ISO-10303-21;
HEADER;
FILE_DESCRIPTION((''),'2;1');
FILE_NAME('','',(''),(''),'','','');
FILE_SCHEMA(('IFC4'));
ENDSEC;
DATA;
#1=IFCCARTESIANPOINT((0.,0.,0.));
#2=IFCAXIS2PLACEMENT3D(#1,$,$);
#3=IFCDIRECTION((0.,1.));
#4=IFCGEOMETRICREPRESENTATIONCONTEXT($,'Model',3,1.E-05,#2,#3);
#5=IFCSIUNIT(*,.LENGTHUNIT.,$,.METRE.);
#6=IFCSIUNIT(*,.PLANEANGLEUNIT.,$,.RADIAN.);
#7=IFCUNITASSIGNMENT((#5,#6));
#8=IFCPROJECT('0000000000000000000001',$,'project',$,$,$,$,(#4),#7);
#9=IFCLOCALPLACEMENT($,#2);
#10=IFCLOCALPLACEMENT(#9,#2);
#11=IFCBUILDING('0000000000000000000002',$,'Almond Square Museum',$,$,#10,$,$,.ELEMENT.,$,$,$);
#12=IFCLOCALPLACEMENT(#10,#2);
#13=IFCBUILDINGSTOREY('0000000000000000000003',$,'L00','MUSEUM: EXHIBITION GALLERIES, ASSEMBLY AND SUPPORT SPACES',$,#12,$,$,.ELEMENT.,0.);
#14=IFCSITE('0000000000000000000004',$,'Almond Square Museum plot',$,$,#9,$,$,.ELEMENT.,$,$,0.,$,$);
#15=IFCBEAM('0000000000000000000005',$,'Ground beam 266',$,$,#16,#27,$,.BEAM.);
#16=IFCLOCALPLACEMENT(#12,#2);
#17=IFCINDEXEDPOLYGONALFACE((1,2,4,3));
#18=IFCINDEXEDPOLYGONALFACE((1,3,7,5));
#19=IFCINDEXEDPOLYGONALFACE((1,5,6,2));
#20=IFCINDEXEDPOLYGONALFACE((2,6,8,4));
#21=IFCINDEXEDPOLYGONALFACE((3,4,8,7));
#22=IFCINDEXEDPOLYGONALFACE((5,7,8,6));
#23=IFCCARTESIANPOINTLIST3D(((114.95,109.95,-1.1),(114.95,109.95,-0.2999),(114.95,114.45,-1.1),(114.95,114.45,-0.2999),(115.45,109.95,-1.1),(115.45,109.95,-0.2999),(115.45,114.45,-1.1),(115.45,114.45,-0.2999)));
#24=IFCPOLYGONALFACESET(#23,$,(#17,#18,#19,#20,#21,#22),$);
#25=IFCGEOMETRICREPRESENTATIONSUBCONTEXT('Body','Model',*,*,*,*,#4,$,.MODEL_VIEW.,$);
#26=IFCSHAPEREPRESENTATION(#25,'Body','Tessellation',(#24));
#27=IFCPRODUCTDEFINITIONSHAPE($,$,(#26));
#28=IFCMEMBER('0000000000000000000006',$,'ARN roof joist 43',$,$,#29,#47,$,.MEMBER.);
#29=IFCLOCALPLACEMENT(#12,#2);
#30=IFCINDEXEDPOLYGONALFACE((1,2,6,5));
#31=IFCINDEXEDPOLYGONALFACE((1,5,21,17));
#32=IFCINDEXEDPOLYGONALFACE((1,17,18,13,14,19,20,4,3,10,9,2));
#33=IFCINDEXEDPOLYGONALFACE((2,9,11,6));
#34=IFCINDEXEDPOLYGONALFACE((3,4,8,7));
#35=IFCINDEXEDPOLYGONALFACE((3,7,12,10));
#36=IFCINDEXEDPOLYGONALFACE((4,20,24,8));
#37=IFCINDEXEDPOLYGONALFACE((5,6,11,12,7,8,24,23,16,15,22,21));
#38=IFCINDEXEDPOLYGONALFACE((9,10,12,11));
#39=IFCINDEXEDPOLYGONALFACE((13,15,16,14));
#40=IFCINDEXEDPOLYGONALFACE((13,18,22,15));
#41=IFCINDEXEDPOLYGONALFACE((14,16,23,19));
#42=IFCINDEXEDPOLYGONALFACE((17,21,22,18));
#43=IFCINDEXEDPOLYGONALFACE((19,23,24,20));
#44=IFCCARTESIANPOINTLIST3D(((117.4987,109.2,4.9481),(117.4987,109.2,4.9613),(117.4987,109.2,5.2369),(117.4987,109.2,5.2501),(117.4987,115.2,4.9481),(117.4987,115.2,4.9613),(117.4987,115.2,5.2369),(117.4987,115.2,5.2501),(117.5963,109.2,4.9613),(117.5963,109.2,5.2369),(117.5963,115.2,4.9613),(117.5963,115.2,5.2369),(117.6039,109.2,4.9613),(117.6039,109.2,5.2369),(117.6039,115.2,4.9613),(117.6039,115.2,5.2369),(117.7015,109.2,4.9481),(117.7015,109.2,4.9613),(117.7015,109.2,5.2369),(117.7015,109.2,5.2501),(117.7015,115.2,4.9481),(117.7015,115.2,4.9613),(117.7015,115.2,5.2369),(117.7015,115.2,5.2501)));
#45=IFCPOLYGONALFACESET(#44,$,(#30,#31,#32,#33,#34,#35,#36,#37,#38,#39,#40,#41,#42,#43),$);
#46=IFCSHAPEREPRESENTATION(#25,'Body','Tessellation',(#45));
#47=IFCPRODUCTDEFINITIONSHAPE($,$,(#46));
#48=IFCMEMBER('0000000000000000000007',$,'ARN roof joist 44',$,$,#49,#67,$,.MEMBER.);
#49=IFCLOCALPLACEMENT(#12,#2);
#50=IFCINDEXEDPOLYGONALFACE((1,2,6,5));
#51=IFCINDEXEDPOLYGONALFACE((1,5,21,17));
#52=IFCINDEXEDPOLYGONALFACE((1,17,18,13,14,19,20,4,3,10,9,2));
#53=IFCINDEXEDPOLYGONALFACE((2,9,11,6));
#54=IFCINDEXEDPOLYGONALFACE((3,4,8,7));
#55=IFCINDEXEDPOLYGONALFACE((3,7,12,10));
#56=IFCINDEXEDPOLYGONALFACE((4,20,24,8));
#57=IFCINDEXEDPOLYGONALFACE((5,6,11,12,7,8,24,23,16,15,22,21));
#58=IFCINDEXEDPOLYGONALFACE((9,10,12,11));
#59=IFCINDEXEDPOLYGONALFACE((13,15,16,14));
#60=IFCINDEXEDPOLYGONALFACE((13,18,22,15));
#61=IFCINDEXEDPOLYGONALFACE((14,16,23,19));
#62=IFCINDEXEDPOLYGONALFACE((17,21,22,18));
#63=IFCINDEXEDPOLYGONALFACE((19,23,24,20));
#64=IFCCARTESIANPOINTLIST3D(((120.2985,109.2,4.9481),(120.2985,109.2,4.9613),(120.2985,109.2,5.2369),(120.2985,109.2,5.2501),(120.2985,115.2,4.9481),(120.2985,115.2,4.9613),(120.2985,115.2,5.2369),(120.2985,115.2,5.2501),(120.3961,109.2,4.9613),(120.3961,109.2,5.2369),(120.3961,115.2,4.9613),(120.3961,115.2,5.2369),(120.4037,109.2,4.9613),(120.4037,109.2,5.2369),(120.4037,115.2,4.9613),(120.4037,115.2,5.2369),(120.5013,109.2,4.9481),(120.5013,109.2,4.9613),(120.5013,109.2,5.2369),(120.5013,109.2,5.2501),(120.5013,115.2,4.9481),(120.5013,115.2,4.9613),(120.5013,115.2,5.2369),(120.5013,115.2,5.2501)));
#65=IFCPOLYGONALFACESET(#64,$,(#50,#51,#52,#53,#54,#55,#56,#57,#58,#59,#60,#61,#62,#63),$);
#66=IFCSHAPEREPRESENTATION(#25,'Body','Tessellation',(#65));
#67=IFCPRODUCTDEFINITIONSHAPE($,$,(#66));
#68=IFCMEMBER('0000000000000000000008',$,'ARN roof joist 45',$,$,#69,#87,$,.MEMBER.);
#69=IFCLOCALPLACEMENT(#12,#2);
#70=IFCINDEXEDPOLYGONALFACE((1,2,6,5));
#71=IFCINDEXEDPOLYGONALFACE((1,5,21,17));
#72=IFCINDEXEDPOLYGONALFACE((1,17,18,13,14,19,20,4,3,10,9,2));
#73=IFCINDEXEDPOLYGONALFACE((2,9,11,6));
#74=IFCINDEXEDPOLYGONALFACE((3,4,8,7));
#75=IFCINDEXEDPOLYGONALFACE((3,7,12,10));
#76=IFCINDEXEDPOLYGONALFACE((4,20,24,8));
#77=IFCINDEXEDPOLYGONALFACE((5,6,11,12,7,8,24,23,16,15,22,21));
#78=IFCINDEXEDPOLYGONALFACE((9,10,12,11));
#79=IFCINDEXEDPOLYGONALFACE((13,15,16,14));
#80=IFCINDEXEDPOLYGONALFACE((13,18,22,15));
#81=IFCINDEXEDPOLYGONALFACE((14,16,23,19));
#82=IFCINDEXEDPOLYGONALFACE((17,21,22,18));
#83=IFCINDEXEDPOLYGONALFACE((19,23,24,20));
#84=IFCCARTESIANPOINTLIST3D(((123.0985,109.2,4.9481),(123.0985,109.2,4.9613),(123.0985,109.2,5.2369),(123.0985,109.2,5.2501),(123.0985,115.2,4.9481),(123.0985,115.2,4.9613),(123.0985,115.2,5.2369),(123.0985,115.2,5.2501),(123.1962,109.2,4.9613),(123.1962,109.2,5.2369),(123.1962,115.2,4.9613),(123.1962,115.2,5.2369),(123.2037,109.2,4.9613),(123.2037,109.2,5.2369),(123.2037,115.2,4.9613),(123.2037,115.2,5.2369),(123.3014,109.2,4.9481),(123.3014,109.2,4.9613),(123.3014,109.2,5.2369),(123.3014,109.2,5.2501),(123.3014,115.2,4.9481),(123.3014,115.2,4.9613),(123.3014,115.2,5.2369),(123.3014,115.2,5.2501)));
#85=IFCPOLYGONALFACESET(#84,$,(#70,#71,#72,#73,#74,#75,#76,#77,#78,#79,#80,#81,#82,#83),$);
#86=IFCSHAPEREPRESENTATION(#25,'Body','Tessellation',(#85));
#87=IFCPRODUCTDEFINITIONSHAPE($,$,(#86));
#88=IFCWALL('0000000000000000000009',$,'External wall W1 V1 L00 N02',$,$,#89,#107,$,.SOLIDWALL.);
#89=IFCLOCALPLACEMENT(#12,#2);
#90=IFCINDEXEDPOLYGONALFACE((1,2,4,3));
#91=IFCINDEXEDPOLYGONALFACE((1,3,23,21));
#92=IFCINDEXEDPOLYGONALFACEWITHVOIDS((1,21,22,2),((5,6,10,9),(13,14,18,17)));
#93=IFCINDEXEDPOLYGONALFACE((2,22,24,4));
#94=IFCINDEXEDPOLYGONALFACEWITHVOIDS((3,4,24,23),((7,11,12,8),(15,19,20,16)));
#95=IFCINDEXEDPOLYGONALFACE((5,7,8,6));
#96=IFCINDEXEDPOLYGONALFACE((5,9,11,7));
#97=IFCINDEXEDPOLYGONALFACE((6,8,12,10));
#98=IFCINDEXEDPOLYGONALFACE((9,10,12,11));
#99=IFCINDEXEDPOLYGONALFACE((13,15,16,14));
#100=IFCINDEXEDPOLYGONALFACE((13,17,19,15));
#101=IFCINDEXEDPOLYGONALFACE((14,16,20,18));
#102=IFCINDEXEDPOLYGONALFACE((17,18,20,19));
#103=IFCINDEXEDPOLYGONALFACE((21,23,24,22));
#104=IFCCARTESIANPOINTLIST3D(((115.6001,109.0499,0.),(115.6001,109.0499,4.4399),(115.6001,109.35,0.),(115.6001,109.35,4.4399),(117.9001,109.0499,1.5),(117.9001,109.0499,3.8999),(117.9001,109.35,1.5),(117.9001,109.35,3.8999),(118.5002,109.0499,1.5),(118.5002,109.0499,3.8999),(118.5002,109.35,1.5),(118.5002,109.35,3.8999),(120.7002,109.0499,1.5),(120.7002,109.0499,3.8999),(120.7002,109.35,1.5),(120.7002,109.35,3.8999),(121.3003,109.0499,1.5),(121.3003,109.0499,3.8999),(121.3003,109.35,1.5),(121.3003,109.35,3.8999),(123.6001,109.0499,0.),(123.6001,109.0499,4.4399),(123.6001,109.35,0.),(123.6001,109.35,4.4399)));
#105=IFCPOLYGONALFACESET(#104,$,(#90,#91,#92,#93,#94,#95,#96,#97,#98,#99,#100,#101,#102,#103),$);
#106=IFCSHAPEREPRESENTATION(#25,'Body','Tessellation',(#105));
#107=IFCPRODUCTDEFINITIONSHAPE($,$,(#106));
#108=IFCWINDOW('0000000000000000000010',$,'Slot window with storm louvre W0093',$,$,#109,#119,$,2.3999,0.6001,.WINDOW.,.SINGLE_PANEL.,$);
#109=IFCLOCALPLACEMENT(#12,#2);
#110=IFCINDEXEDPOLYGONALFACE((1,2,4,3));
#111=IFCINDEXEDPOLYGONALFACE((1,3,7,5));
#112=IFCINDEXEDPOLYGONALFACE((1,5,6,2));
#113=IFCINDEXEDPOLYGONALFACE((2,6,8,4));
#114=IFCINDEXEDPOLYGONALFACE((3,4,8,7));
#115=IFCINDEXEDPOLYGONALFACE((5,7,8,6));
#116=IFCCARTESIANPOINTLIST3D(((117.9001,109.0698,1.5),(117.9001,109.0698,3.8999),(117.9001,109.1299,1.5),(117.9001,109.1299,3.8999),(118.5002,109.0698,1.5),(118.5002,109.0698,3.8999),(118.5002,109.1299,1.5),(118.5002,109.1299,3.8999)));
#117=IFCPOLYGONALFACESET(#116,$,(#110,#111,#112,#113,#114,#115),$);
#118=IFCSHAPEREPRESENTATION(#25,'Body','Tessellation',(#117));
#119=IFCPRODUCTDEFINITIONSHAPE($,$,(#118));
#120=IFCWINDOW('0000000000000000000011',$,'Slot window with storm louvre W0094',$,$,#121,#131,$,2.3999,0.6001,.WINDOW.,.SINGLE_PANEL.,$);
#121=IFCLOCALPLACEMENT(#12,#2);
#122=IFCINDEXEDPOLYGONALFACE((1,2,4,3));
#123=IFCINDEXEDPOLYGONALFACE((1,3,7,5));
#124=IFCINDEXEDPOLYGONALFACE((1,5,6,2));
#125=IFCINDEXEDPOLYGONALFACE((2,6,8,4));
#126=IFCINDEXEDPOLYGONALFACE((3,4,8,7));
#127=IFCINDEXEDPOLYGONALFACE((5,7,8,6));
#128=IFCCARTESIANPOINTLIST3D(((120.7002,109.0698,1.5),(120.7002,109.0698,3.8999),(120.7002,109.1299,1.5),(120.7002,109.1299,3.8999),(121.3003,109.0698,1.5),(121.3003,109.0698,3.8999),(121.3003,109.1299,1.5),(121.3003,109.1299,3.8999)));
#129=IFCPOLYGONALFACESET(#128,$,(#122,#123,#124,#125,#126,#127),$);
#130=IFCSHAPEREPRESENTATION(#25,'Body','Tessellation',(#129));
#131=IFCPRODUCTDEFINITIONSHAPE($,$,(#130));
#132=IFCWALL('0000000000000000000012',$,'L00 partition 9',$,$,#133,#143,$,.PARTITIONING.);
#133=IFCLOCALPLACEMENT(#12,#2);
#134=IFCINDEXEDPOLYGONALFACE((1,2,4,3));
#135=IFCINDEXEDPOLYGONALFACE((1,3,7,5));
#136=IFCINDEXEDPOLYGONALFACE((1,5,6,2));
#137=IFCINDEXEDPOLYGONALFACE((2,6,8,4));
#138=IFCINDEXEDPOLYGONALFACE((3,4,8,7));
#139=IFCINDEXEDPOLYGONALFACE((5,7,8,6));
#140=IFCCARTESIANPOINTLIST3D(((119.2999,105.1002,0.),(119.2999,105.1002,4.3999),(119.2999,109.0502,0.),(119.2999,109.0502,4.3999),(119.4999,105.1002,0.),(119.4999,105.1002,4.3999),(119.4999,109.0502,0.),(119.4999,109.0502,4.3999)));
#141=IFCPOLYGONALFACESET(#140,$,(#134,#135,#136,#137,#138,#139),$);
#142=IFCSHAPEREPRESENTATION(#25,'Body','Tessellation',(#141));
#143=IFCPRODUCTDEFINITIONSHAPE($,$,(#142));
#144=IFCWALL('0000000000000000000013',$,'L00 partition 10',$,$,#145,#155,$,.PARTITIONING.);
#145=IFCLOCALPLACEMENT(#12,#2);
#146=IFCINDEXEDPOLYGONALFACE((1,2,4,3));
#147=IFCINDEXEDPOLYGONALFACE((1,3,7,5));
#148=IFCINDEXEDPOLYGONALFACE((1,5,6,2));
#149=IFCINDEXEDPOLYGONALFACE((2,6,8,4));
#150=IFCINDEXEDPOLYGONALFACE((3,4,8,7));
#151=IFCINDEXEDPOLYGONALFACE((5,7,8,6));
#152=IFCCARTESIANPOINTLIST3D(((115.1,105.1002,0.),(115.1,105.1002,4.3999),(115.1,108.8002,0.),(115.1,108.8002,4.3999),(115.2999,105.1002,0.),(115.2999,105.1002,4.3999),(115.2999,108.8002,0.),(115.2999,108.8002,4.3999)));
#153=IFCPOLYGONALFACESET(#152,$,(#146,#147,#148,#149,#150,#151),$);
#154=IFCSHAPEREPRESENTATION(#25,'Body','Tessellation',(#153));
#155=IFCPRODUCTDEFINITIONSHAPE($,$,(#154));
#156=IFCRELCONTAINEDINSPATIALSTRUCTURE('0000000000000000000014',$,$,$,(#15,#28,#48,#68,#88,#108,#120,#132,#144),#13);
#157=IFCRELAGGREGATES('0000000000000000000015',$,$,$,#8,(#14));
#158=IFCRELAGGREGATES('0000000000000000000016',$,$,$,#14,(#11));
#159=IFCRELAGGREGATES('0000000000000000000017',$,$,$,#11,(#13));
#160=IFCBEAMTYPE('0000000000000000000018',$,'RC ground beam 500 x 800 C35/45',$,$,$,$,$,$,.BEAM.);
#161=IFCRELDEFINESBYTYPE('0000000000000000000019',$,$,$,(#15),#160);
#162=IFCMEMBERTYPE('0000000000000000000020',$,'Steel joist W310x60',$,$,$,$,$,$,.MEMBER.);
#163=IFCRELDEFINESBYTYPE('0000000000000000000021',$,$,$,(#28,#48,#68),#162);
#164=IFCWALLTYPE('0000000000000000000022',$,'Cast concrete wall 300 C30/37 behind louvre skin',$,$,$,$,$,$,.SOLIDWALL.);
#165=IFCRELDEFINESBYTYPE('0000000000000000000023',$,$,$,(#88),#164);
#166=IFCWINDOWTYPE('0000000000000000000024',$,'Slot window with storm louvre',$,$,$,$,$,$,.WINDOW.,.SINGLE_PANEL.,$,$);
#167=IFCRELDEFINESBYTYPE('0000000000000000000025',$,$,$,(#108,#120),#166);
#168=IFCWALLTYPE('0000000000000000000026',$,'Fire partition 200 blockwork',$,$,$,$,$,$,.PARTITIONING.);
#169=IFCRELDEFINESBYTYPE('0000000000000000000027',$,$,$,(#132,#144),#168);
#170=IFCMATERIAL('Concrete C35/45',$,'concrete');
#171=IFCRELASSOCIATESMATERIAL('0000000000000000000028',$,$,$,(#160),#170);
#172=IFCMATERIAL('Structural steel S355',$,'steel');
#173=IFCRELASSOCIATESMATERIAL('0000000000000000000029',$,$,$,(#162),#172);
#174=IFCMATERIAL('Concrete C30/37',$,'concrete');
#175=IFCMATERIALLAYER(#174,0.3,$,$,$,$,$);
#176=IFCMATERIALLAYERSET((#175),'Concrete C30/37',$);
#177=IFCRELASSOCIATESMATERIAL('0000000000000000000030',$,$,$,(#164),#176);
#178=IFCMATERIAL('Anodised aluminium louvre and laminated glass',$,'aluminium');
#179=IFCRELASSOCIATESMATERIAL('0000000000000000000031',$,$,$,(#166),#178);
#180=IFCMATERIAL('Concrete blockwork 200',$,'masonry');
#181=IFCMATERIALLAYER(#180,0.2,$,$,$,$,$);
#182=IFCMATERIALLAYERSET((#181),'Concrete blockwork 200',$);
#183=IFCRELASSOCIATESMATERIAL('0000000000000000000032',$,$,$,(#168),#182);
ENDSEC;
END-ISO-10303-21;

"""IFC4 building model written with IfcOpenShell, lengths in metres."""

from ifc_helpers import new_model, si_unit, direction, frame, frame_2d, origin, origin_2d, place, context, subcontext, project, spatial, rectangle, i_section, extrude, material, layer, layer_set, material_profile, profile_set, type_object, element, fill, save


model = new_model("IFC4")

# Units and contexts
model_context = context("Model", 3, precision=1e-05, world=origin(), true_north=direction((0.0, 1.0)))
body_context = subcontext(model_context, "Body", "Model", "MODEL_VIEW")
ifc_project = project(units=[si_unit("LENGTHUNIT", "METRE"), si_unit("PLANEANGLEUNIT", "RADIAN")], contexts=[model_context])

# Site, building, storey
site_placement = place(None, origin())
site = spatial("IfcSite", under=ifc_project, at=site_placement, Name="Almond Square Museum plot", CompositionType="ELEMENT", RefElevation=0.0)
building_placement = place(site_placement, origin())
building = spatial("IfcBuilding", under=site, at=building_placement, Name="Almond Square Museum", CompositionType="ELEMENT")
storey_placement = place(building_placement, origin())
storey = spatial("IfcBuildingStorey", under=building, at=storey_placement, Name="L00", Description="MUSEUM: EXHIBITION GALLERIES, ASSEMBLY AND SUPPORT SPACES", CompositionType="ELEMENT", Elevation=0.0)

# Beam
ifc_material_1 = material(Name="Concrete C35/45", Category="concrete")
ifc_material_profile_1 = material_profile(ifc_material_1, rectangle(XDim=0.5, YDim=0.8, at=origin_2d()))
ifc_profile_set_1 = profile_set([ifc_material_profile_1], Name="Concrete C35/45")
beam_type_1 = type_object("IfcBeamType", Name="RC ground beam 500 x 800 C35/45", PredefinedType="BEAM", material=ifc_profile_set_1)
beam_1_placement = place(storey_placement, frame((115.2, 109.95, -0.7), z_axis=(0.0, 1.0, 0.0), x_axis=(-1.0, 0.0, 0.0)))
element("IfcBeam", 1, at=beam_1_placement, inside=storey, type_object=beam_type_1, Name="Ground beam 266", PredefinedType="BEAM", context=body_context, shape_type="SweptSolid", body=[
    extrude(rectangle(XDim=0.5, YDim=0.8, at=origin_2d()), origin(), (0.0, 0.0, 1.0), 4.5),
])

# Members
ifc_material_2 = material(Name="Structural steel S355", Category="steel")
ifc_material_profile_2 = material_profile(ifc_material_2, i_section(OverallWidth=0.2029, OverallDepth=0.302, WebThickness=0.0076, FlangeThickness=0.0132, at=origin_2d()))
ifc_profile_set_2 = profile_set([ifc_material_profile_2], Name="Structural steel S355")
member_type = type_object("IfcMemberType", Name="Steel joist W310x60", PredefinedType="MEMBER", material=ifc_profile_set_2)
for number, where, z_axis, x_axis, name in (
    (2, (117.6001, 109.2, 5.0991), (0.0, 1.0, 0.0), (-1.0, 0.0, 0.0), "ARN roof joist 43"),
    (3, (120.3999, 109.2, 5.0991), (0.0, 1.0, 0.0), (-1.0, 0.0, 0.0), "ARN roof joist 44"),
    (4, (123.2, 109.2, 5.0991), (0.0, 1.0, 0.0), (-1.0, 0.0, 0.0), "ARN roof joist 45"),
):
    element("IfcMember", number, at=place(storey_placement, frame(where, z_axis=z_axis, x_axis=x_axis)), inside=storey, type_object=member_type, Name=name, PredefinedType="MEMBER", context=body_context, shape_type="SweptSolid", body=[
        extrude(i_section(OverallWidth=0.2029, OverallDepth=0.302, WebThickness=0.0076, FlangeThickness=0.0132, at=origin_2d()), origin(), (0.0, 0.0, 1.0), 6.0),
    ])

# Wall, openings, windows
ifc_material_3 = material(Name="Concrete C30/37", Category="concrete")
ifc_layer_1 = layer(ifc_material_3, 0.3)
ifc_layer_set_1 = layer_set([ifc_layer_1], Name="Concrete C30/37")
wall_type_1 = type_object("IfcWallType", Name="Cast concrete wall 300 C30/37 behind louvre skin", PredefinedType="SOLIDWALL", material=ifc_layer_set_1)
wall_1_placement = place(storey_placement, frame((115.6001, 109.2, 0.0), z_axis=(0.0, 0.0, 1.0), x_axis=(1.0, 0.0, 0.0)))
wall_1 = element("IfcWall", 5, at=wall_1_placement, inside=storey, type_object=wall_type_1, Name="External wall W1 V1 L00 N02", PredefinedType="SOLIDWALL", context=body_context, shape_type="SweptSolid", body=[
    extrude(rectangle(XDim=8.0, YDim=0.3, at=frame_2d((4.0, 0.0))), origin(), (0.0, 0.0, 1.0), 4.4399),
])
opening_1_placement = place(wall_1_placement, frame((2.3, 0.0, 1.5)))
opening_1 = element("IfcOpeningElement", 6, at=opening_1_placement, cuts=wall_1, PredefinedType="OPENING", context=body_context, shape_type="SweptSolid", body=[
    extrude(rectangle(XDim=0.6001, YDim=2.3999, at=frame_2d((0.3, 1.2))), frame((0.0, 0.1599, 0.0), z_axis=(0.0, -1.0, 0.0), x_axis=(1.0, 0.0, 0.0)), (0.0, 0.0, 1.0), 0.3201),
])
opening_2_placement = place(wall_1_placement, frame((5.1001, 0.0, 1.5)))
opening_2 = element("IfcOpeningElement", 7, at=opening_2_placement, cuts=wall_1, PredefinedType="OPENING", context=body_context, shape_type="SweptSolid", body=[
    extrude(rectangle(XDim=0.6001, YDim=2.3999, at=frame_2d((0.3, 1.2))), frame((0.0, 0.1599, 0.0), z_axis=(0.0, -1.0, 0.0), x_axis=(1.0, 0.0, 0.0)), (0.0, 0.0, 1.0), 0.3201),
])
ifc_material_4 = material(Name="Anodised aluminium louvre and laminated glass", Category="aluminium")
window_type = type_object("IfcWindowType", Name="Slot window with storm louvre", PartitioningType="SINGLE_PANEL", PredefinedType="WINDOW", material=ifc_material_4)
window_1_placement = place(opening_1_placement, origin())
window_1 = element("IfcWindow", 8, at=window_1_placement, inside=storey, type_object=window_type, Name="Slot window with storm louvre W0093", OverallHeight=2.3999, OverallWidth=0.6001, PartitioningType="SINGLE_PANEL", PredefinedType="WINDOW", context=body_context, shape_type="SweptSolid", body=[
    extrude(rectangle(XDim=0.6001, YDim=2.3999, at=frame_2d((0.3, 1.2))), frame((0.0, -0.0701, 0.0), z_axis=(0.0, -1.0, 0.0), x_axis=(1.0, 0.0, 0.0)), (0.0, 0.0, 1.0), 0.0601),
])
fill(opening_1, window_1)
window_2_placement = place(opening_2_placement, origin())
window_2 = element("IfcWindow", 9, at=window_2_placement, inside=storey, type_object=window_type, Name="Slot window with storm louvre W0094", OverallHeight=2.3999, OverallWidth=0.6001, PartitioningType="SINGLE_PANEL", PredefinedType="WINDOW", context=body_context, shape_type="SweptSolid", body=[
    extrude(rectangle(XDim=0.6001, YDim=2.3999, at=frame_2d((0.3, 1.2))), frame((0.0, -0.0701, 0.0), z_axis=(0.0, -1.0, 0.0), x_axis=(1.0, 0.0, 0.0)), (0.0, 0.0, 1.0), 0.0601),
])
fill(opening_2, window_2)

# Walls
ifc_material_5 = material(Name="Concrete blockwork 200", Category="masonry")
ifc_layer_2 = layer(ifc_material_5, 0.2)
ifc_layer_set_2 = layer_set([ifc_layer_2], Name="Concrete blockwork 200")
wall_type_2 = type_object("IfcWallType", Name="Fire partition 200 blockwork", PredefinedType="PARTITIONING", material=ifc_layer_set_2)
wall_2_placement = place(storey_placement, frame((119.3999, 105.1001, 0.0), z_axis=(0.0, 0.0, 1.0), x_axis=(0.0, 1.0, 0.0)))
element("IfcWall", 10, at=wall_2_placement, inside=storey, type_object=wall_type_2, Name="L00 partition 9", PredefinedType="PARTITIONING", context=body_context, shape_type="SweptSolid", body=[
    extrude(rectangle(XDim=3.95, YDim=0.2, at=frame_2d((1.9751, 0.0))), origin(), (0.0, 0.0, 1.0), 4.3999),
])
wall_3_placement = place(storey_placement, frame((115.2, 105.1001, 0.0), z_axis=(0.0, 0.0, 1.0), x_axis=(0.0, 1.0, 0.0)))
element("IfcWall", 11, at=wall_3_placement, inside=storey, type_object=wall_type_2, Name="L00 partition 10", PredefinedType="PARTITIONING", context=body_context, shape_type="SweptSolid", body=[
    extrude(rectangle(XDim=3.7, YDim=0.2, at=frame_2d((1.8501, 0.0))), origin(), (0.0, 0.0, 1.0), 4.3999),
])

save(model, "model.ifc")
